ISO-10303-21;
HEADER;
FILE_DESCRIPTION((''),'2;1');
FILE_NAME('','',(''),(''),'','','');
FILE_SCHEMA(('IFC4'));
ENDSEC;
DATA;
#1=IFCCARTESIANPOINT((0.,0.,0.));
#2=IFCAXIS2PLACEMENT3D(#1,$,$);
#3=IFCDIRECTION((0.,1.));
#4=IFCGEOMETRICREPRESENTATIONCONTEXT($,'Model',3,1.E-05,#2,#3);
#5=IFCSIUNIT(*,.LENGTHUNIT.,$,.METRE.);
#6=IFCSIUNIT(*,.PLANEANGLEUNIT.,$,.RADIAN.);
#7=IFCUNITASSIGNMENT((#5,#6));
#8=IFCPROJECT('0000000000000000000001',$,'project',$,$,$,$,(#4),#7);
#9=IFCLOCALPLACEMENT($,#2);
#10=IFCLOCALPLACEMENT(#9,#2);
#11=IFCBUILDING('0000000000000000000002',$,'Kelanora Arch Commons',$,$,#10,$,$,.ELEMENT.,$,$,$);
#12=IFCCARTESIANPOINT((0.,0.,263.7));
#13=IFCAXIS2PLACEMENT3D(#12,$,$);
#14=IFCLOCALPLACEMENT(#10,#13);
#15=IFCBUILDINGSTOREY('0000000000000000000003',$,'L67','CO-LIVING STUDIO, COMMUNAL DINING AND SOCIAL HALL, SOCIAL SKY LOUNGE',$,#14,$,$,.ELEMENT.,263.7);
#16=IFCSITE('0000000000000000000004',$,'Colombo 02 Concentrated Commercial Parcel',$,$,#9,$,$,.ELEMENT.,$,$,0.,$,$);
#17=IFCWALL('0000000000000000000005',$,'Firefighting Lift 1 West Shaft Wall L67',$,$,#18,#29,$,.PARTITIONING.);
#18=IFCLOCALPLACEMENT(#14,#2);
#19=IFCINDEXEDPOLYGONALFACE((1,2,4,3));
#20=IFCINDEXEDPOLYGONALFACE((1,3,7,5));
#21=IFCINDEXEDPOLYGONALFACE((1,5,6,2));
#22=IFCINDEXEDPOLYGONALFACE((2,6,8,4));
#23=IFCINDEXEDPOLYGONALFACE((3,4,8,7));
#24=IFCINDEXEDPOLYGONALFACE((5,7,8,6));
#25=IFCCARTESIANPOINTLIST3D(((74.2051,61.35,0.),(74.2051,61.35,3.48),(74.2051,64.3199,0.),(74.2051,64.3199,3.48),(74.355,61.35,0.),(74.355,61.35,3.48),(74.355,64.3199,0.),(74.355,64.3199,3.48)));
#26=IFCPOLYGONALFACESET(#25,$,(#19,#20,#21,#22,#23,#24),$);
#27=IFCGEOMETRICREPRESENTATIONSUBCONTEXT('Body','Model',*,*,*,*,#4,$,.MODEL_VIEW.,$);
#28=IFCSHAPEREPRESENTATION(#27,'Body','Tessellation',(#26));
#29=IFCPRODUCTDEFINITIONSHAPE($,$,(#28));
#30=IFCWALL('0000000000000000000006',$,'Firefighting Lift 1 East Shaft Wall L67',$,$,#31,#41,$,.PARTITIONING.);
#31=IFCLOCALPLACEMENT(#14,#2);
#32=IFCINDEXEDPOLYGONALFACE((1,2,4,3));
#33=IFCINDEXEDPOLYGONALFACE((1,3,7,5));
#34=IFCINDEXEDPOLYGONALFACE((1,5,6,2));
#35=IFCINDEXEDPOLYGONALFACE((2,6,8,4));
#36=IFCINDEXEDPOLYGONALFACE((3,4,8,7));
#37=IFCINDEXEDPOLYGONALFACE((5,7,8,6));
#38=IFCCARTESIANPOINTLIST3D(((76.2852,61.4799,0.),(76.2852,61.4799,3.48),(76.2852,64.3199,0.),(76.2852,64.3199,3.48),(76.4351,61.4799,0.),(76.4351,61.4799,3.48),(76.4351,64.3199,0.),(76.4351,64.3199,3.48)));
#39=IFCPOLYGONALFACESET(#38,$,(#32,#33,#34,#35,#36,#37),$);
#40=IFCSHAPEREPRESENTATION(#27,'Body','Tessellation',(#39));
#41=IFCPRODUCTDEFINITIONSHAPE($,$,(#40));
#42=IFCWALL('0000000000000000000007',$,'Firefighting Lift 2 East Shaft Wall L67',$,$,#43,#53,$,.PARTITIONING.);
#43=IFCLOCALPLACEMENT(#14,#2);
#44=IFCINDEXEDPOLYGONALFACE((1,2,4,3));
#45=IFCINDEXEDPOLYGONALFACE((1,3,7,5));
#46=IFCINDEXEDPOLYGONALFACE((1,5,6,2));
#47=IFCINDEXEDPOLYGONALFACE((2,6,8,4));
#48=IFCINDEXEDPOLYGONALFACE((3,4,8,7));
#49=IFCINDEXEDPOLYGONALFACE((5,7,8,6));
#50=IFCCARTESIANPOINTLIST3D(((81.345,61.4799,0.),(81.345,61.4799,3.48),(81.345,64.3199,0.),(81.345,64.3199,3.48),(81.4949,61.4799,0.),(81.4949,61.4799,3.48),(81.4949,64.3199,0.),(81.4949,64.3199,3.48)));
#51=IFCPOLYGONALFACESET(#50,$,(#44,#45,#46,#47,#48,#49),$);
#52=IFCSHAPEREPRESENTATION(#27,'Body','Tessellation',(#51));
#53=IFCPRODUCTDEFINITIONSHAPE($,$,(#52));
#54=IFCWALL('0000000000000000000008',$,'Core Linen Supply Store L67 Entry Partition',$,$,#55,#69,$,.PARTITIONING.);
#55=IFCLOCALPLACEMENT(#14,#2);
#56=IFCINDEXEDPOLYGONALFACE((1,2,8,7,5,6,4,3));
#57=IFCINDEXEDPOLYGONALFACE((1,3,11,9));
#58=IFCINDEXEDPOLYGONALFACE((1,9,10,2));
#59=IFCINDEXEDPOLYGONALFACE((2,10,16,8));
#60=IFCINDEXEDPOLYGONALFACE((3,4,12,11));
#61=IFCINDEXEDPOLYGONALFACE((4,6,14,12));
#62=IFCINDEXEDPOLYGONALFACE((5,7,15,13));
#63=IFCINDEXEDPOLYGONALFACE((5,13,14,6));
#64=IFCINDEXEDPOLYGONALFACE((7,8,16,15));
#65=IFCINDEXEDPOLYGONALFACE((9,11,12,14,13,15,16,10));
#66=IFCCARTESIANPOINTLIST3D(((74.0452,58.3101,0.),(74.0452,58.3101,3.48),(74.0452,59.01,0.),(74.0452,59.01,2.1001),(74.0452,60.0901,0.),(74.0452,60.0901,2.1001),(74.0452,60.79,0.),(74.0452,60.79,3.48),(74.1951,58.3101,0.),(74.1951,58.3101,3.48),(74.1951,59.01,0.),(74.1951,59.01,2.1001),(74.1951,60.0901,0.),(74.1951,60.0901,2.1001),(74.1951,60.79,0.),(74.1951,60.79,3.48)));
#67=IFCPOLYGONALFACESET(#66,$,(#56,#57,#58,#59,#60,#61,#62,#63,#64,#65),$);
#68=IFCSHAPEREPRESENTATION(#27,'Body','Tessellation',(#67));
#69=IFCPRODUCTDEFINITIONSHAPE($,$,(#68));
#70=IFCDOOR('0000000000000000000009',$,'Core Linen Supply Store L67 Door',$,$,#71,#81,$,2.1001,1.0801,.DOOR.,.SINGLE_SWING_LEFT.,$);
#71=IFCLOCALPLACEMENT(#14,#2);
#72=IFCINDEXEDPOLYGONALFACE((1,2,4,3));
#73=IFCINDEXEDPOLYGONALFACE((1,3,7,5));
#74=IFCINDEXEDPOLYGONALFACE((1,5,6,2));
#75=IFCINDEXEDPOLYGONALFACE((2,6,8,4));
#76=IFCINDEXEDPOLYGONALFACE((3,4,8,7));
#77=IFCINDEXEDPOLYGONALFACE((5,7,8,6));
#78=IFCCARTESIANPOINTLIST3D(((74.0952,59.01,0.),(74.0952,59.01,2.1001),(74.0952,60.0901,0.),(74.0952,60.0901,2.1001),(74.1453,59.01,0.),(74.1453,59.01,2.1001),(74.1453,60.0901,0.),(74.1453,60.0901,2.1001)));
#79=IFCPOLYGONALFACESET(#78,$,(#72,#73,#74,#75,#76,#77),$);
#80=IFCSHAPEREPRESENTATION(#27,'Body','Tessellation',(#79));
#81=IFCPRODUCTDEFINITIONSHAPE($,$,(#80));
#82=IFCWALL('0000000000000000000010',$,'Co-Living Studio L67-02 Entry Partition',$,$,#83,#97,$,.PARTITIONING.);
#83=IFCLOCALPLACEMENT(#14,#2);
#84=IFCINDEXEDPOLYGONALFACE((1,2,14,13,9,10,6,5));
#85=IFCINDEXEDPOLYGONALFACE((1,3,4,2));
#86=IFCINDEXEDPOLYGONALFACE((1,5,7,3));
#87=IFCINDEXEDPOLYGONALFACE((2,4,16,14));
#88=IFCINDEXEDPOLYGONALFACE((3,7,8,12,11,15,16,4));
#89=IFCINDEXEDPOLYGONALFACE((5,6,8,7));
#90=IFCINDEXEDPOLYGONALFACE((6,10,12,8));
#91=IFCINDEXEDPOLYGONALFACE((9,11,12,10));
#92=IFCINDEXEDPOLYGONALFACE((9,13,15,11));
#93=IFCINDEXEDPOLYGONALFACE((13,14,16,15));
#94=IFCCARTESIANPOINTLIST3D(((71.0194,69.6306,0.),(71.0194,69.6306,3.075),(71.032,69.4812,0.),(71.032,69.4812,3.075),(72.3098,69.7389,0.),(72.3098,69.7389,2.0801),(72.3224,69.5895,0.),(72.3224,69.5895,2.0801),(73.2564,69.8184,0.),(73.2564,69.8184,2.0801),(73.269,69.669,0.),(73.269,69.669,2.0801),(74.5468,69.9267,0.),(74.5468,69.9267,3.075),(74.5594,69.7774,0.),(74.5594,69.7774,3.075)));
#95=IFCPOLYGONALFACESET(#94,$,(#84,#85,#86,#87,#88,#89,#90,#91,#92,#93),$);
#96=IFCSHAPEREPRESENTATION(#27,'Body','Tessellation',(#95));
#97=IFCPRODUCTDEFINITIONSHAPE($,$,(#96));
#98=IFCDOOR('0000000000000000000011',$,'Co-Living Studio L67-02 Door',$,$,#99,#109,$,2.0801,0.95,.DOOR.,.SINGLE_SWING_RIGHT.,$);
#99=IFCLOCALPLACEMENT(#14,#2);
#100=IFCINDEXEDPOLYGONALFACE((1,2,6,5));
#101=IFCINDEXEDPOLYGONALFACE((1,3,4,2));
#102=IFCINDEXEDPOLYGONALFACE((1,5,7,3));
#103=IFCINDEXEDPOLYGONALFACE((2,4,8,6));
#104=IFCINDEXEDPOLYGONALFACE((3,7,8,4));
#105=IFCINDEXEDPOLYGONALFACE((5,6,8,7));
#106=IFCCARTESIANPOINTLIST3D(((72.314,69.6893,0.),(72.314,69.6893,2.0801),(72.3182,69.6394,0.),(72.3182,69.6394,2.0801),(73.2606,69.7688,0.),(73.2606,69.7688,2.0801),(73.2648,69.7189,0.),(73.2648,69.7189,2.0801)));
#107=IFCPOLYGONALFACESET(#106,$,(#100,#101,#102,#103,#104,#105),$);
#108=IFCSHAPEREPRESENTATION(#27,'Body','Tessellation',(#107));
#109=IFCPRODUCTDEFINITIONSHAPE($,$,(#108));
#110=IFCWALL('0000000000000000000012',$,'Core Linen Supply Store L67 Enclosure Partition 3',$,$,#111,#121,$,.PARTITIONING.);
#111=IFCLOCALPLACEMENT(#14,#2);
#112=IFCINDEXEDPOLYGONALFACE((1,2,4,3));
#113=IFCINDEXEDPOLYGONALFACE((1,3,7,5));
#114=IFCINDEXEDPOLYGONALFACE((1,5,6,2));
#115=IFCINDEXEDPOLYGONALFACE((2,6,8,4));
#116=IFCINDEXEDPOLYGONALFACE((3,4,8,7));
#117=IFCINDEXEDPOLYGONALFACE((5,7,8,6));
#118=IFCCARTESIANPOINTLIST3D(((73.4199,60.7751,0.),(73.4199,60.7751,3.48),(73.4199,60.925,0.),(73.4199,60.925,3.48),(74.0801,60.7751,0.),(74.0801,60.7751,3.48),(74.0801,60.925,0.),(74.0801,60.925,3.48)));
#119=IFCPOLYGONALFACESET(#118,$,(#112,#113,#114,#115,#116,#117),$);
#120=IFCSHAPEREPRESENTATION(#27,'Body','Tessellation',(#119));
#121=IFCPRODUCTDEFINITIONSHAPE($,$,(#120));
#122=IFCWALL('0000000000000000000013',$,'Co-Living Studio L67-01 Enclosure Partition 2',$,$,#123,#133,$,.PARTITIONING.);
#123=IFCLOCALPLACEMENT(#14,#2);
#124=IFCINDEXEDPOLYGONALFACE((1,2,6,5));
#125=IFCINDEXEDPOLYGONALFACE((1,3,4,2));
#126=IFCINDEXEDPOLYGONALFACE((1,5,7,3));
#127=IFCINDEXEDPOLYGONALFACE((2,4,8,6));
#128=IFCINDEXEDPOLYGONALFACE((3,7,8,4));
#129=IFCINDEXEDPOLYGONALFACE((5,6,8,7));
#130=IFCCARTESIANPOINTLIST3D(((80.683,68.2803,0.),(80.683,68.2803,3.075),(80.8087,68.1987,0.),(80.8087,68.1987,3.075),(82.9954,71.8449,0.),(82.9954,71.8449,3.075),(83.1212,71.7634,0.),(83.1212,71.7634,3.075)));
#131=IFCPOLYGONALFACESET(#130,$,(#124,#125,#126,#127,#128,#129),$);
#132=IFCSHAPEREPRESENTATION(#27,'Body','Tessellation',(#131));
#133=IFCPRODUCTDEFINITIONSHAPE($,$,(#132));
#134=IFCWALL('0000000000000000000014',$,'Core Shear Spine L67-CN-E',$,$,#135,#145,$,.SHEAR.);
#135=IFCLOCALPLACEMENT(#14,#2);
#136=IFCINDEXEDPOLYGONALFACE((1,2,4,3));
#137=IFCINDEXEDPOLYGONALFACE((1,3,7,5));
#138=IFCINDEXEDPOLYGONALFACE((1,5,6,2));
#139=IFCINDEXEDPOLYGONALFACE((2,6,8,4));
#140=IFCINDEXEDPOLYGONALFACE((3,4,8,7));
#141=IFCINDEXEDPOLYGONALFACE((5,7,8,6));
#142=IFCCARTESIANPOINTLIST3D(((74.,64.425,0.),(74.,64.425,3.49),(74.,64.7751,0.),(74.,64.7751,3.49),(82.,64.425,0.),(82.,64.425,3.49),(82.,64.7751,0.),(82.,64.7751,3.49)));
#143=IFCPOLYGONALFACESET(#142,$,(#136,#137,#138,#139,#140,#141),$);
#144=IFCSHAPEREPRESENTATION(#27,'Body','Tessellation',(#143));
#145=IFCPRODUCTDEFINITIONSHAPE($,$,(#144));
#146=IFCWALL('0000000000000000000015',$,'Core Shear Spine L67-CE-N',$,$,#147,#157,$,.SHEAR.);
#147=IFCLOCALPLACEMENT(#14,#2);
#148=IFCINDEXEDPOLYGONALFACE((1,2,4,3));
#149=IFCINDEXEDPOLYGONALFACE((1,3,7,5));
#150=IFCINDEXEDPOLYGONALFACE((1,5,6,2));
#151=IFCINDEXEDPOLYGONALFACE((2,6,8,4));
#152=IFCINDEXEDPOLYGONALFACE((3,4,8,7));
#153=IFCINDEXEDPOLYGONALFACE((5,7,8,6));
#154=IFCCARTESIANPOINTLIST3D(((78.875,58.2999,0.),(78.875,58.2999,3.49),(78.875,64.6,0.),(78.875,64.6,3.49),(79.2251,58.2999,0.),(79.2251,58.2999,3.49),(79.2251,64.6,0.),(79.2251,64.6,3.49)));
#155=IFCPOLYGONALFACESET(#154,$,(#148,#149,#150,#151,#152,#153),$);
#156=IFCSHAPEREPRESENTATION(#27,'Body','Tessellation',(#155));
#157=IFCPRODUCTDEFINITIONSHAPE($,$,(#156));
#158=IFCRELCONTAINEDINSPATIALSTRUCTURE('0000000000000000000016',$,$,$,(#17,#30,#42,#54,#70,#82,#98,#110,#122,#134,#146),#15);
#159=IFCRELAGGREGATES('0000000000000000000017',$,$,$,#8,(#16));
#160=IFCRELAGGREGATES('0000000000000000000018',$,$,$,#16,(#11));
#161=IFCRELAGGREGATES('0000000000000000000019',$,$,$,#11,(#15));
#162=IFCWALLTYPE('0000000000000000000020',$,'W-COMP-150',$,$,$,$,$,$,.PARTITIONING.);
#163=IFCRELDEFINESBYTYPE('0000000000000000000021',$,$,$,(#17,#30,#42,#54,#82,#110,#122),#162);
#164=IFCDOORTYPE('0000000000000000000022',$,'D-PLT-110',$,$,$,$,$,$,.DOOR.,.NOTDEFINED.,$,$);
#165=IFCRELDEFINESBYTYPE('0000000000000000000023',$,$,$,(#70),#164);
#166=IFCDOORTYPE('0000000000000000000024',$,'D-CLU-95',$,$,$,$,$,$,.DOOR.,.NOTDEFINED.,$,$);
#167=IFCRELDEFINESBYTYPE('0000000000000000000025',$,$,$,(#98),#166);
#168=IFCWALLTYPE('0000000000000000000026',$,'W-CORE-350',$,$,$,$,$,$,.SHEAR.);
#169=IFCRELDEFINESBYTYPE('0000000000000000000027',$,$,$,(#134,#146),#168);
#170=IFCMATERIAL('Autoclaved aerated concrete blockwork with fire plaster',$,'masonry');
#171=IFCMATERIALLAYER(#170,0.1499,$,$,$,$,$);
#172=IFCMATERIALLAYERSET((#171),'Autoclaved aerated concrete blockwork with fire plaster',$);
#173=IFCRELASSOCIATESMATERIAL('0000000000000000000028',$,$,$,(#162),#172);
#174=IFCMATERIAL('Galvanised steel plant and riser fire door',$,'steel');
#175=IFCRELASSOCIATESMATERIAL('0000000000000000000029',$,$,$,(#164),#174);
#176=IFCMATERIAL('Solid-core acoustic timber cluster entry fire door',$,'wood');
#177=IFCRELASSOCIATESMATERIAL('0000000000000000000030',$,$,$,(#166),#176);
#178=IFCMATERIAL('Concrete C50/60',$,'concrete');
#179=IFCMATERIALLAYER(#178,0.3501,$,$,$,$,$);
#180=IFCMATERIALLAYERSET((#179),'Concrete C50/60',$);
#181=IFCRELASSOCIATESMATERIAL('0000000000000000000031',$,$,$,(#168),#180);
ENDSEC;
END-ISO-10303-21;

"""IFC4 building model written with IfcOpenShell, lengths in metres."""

from ifc_helpers import new_model, si_unit, direction, frame, frame_2d, origin, place, context, subcontext, project, spatial, rectangle, extrude, material, layer, layer_set, type_object, element, fill, save


model = new_model("IFC4")

# Units and contexts
model_context = context("Model", 3, precision=1e-05, world=origin(), true_north=direction((0.0, 1.0)))
body_context = subcontext(model_context, "Body", "Model", "MODEL_VIEW")
ifc_project = project(units=[si_unit("LENGTHUNIT", "METRE"), si_unit("PLANEANGLEUNIT", "RADIAN")], contexts=[model_context])

# Site, building, storey
site_placement = place(None, origin())
site = spatial("IfcSite", under=ifc_project, at=site_placement, Name="Colombo 02 Concentrated Commercial Parcel", CompositionType="ELEMENT", RefElevation=0.0)
building_placement = place(site_placement, origin())
building = spatial("IfcBuilding", under=site, at=building_placement, Name="Kelanora Arch Commons", CompositionType="ELEMENT")
storey_placement = place(building_placement, frame((0.0, 0.0, 263.7)))
storey = spatial("IfcBuildingStorey", under=building, at=storey_placement, Name="L67", Description="CO-LIVING STUDIO, COMMUNAL DINING AND SOCIAL HALL, SOCIAL SKY LOUNGE", CompositionType="ELEMENT", Elevation=263.7)

# Shared definitions
ifc_material_1 = material(Name="Concrete C50/60", Category="concrete")

# Walls
ifc_material_2 = material(Name="Autoclaved aerated concrete blockwork with fire plaster", Category="masonry")
ifc_layer_1 = layer(ifc_material_2, 0.1499)
ifc_layer_set_1 = layer_set([ifc_layer_1], Name="Autoclaved aerated concrete blockwork with fire plaster")
wall_type_1 = type_object("IfcWallType", Name="W-COMP-150", PredefinedType="PARTITIONING", material=ifc_layer_set_1)
wall_1_placement = place(storey_placement, frame((74.28, 61.3501, 0.0), z_axis=(0.0, 0.0, 1.0), x_axis=(0.0, 1.0, 0.0)))
element("IfcWall", 1, at=wall_1_placement, inside=storey, type_object=wall_type_1, Name="Firefighting Lift 1 West Shaft Wall L67", PredefinedType="PARTITIONING", context=body_context, shape_type="SweptSolid", body=[
    extrude(rectangle(XDim=2.97, YDim=0.1499, at=frame_2d((1.4849, 0.0))), origin(), (0.0, 0.0, 1.0), 3.48),
])
for number, where, z_axis, x_axis, name in (
    (2, (76.3601, 61.48, 0.0), (0.0, 0.0, 1.0), (0.0, 1.0, 0.0), "Firefighting Lift 1 East Shaft Wall L67"),
    (3, (81.4199, 61.48, 0.0), (0.0, 0.0, 1.0), (0.0, 1.0, 0.0), "Firefighting Lift 2 East Shaft Wall L67"),
):
    element("IfcWall", number, at=place(storey_placement, frame(where, z_axis=z_axis, x_axis=x_axis)), inside=storey, type_object=wall_type_1, Name=name, PredefinedType="PARTITIONING", context=body_context, shape_type="SweptSolid", body=[
        extrude(rectangle(XDim=2.8401, YDim=0.1499, at=frame_2d((1.4199, 0.0))), origin(), (0.0, 0.0, 1.0), 3.48),
    ])

# Walls, openings, doors
wall_2_placement = place(storey_placement, frame((74.1201, 58.3101, 0.0), z_axis=(0.0, 0.0, 1.0), x_axis=(0.0, 1.0, 0.0)))
wall_2 = element("IfcWall", 4, at=wall_2_placement, inside=storey, type_object=wall_type_1, Name="Core Linen Supply Store L67 Entry Partition", PredefinedType="PARTITIONING", context=body_context, shape_type="SweptSolid", body=[
    extrude(rectangle(XDim=2.48, YDim=0.1499, at=frame_2d((1.24, 0.0))), origin(), (0.0, 0.0, 1.0), 3.48),
])
opening_1_placement = place(wall_2_placement, frame((0.7, 0.0, 0.0)))
opening_1 = element("IfcOpeningElement", 5, at=opening_1_placement, cuts=wall_2, PredefinedType="OPENING", context=body_context, shape_type="SweptSolid", body=[
    extrude(rectangle(XDim=1.0801, YDim=2.1001, at=frame_2d((0.54, 1.05))), frame((0.0, 0.085, 0.0), z_axis=(0.0, -1.0, 0.0), x_axis=(1.0, 0.0, 0.0)), (0.0, 0.0, 1.0), 0.1699),
])
ifc_material_3 = material(Name="Galvanised steel plant and riser fire door", Category="steel")
door_type_1 = type_object("IfcDoorType", Name="D-PLT-110", OperationType="NOTDEFINED", PredefinedType="DOOR", material=ifc_material_3)
door_1_placement = place(opening_1_placement, origin())
door_1 = element("IfcDoor", 6, at=door_1_placement, inside=storey, type_object=door_type_1, Name="Core Linen Supply Store L67 Door", OperationType="SINGLE_SWING_LEFT", OverallHeight=2.1001, OverallWidth=1.0801, PredefinedType="DOOR", context=body_context, shape_type="SweptSolid", body=[
    extrude(rectangle(XDim=1.0801, YDim=2.1001, at=frame_2d((0.54, 1.05))), frame((0.0, 0.0249, 0.0), z_axis=(0.0, -1.0, 0.0), x_axis=(1.0, 0.0, 0.0)), (0.0, 0.0, 1.0), 0.05),
])
fill(opening_1, door_1)
wall_3_placement = place(storey_placement, frame((74.5532, 69.8521, 0.0), z_axis=(0.0, 0.0, 1.0), x_axis=(-0.996494, -0.083662, 0.0)))
wall_3 = element("IfcWall", 7, at=wall_3_placement, inside=storey, type_object=wall_type_1, Name="Co-Living Studio L67-02 Entry Partition", PredefinedType="PARTITIONING", context=body_context, shape_type="SweptSolid", body=[
    extrude(rectangle(XDim=3.5398, YDim=0.1499, at=frame_2d((1.77, 0.0))), origin(), (0.0, 0.0, 1.0), 3.075),
])
opening_2_placement = place(wall_3_placement, frame((1.2949, 0.0, 0.0)))
opening_2 = element("IfcOpeningElement", 8, at=opening_2_placement, cuts=wall_3, PredefinedType="OPENING", context=body_context, shape_type="SweptSolid", body=[
    extrude(rectangle(XDim=0.95, YDim=2.0801, at=frame_2d((0.4751, 1.04))), frame((0.0, 0.085, 0.0), z_axis=(0.0, -1.0, 0.0), x_axis=(1.0, 0.0, 0.0)), (0.0, 0.0, 1.0), 0.1699),
])
ifc_material_4 = material(Name="Solid-core acoustic timber cluster entry fire door", Category="wood")
door_type_2 = type_object("IfcDoorType", Name="D-CLU-95", OperationType="NOTDEFINED", PredefinedType="DOOR", material=ifc_material_4)
door_2_placement = place(opening_2_placement, origin())
door_2 = element("IfcDoor", 9, at=door_2_placement, inside=storey, type_object=door_type_2, Name="Co-Living Studio L67-02 Door", OperationType="SINGLE_SWING_RIGHT", OverallHeight=2.0801, OverallWidth=0.95, PredefinedType="DOOR", context=body_context, shape_type="SweptSolid", body=[
    extrude(rectangle(XDim=0.95, YDim=2.0801, at=frame_2d((0.4751, 1.04))), frame((0.0, 0.0249, 0.0), z_axis=(0.0, -1.0, 0.0), x_axis=(1.0, 0.0, 0.0)), (0.0, 0.0, 1.0), 0.05),
])
fill(opening_2, door_2)

# Walls
wall_4_placement = place(storey_placement, frame((74.0801, 60.8501, 0.0), z_axis=(0.0, 0.0, 1.0), x_axis=(-1.0, 0.0, 0.0)))
element("IfcWall", 10, at=wall_4_placement, inside=storey, type_object=wall_type_1, Name="Core Linen Supply Store L67 Enclosure Partition 3", PredefinedType="PARTITIONING", context=body_context, shape_type="SweptSolid", body=[
    extrude(rectangle(XDim=0.6602, YDim=0.1499, at=frame_2d((0.3301, 0.0))), origin(), (0.0, 0.0, 1.0), 3.48),
])
wall_5_placement = place(storey_placement, frame((80.7458, 68.2395, 0.0), z_axis=(0.0, 0.0, 1.0), x_axis=(0.544235, 0.838933, 0.0)))
element("IfcWall", 11, at=wall_5_placement, inside=storey, type_object=wall_type_1, Name="Co-Living Studio L67-01 Enclosure Partition 2", PredefinedType="PARTITIONING", context=body_context, shape_type="SweptSolid", body=[
    extrude(rectangle(XDim=4.249, YDim=0.1499, at=frame_2d((2.1245, 0.0))), origin(), (0.0, 0.0, 1.0), 3.075),
])
ifc_layer_2 = layer(ifc_material_1, 0.3501)
ifc_layer_set_2 = layer_set([ifc_layer_2], Name="Concrete C50/60")
wall_type_2 = type_object("IfcWallType", Name="W-CORE-350", PredefinedType="SHEAR", material=ifc_layer_set_2)
wall_6_placement = place(storey_placement, frame((74.0, 64.6001, 0.0), z_axis=(0.0, 0.0, 1.0), x_axis=(1.0, 0.0, 0.0)))
element("IfcWall", 12, at=wall_6_placement, inside=storey, type_object=wall_type_2, Name="Core Shear Spine L67-CN-E", PredefinedType="SHEAR", context=body_context, shape_type="SweptSolid", body=[
    extrude(rectangle(XDim=8.0, YDim=0.3501, at=frame_2d((4.0, 0.0))), origin(), (0.0, 0.0, 1.0), 3.49),
])
wall_7_placement = place(storey_placement, frame((79.05, 58.3, 0.0), z_axis=(0.0, 0.0, 1.0), x_axis=(0.0, 1.0, 0.0)))
element("IfcWall", 13, at=wall_7_placement, inside=storey, type_object=wall_type_2, Name="Core Shear Spine L67-CE-N", PredefinedType="SHEAR", context=body_context, shape_type="SweptSolid", body=[
    extrude(rectangle(XDim=6.3, YDim=0.3501, at=frame_2d((3.1499, 0.0))), origin(), (0.0, 0.0, 1.0), 3.49),
])

save(model, "model.ifc")
